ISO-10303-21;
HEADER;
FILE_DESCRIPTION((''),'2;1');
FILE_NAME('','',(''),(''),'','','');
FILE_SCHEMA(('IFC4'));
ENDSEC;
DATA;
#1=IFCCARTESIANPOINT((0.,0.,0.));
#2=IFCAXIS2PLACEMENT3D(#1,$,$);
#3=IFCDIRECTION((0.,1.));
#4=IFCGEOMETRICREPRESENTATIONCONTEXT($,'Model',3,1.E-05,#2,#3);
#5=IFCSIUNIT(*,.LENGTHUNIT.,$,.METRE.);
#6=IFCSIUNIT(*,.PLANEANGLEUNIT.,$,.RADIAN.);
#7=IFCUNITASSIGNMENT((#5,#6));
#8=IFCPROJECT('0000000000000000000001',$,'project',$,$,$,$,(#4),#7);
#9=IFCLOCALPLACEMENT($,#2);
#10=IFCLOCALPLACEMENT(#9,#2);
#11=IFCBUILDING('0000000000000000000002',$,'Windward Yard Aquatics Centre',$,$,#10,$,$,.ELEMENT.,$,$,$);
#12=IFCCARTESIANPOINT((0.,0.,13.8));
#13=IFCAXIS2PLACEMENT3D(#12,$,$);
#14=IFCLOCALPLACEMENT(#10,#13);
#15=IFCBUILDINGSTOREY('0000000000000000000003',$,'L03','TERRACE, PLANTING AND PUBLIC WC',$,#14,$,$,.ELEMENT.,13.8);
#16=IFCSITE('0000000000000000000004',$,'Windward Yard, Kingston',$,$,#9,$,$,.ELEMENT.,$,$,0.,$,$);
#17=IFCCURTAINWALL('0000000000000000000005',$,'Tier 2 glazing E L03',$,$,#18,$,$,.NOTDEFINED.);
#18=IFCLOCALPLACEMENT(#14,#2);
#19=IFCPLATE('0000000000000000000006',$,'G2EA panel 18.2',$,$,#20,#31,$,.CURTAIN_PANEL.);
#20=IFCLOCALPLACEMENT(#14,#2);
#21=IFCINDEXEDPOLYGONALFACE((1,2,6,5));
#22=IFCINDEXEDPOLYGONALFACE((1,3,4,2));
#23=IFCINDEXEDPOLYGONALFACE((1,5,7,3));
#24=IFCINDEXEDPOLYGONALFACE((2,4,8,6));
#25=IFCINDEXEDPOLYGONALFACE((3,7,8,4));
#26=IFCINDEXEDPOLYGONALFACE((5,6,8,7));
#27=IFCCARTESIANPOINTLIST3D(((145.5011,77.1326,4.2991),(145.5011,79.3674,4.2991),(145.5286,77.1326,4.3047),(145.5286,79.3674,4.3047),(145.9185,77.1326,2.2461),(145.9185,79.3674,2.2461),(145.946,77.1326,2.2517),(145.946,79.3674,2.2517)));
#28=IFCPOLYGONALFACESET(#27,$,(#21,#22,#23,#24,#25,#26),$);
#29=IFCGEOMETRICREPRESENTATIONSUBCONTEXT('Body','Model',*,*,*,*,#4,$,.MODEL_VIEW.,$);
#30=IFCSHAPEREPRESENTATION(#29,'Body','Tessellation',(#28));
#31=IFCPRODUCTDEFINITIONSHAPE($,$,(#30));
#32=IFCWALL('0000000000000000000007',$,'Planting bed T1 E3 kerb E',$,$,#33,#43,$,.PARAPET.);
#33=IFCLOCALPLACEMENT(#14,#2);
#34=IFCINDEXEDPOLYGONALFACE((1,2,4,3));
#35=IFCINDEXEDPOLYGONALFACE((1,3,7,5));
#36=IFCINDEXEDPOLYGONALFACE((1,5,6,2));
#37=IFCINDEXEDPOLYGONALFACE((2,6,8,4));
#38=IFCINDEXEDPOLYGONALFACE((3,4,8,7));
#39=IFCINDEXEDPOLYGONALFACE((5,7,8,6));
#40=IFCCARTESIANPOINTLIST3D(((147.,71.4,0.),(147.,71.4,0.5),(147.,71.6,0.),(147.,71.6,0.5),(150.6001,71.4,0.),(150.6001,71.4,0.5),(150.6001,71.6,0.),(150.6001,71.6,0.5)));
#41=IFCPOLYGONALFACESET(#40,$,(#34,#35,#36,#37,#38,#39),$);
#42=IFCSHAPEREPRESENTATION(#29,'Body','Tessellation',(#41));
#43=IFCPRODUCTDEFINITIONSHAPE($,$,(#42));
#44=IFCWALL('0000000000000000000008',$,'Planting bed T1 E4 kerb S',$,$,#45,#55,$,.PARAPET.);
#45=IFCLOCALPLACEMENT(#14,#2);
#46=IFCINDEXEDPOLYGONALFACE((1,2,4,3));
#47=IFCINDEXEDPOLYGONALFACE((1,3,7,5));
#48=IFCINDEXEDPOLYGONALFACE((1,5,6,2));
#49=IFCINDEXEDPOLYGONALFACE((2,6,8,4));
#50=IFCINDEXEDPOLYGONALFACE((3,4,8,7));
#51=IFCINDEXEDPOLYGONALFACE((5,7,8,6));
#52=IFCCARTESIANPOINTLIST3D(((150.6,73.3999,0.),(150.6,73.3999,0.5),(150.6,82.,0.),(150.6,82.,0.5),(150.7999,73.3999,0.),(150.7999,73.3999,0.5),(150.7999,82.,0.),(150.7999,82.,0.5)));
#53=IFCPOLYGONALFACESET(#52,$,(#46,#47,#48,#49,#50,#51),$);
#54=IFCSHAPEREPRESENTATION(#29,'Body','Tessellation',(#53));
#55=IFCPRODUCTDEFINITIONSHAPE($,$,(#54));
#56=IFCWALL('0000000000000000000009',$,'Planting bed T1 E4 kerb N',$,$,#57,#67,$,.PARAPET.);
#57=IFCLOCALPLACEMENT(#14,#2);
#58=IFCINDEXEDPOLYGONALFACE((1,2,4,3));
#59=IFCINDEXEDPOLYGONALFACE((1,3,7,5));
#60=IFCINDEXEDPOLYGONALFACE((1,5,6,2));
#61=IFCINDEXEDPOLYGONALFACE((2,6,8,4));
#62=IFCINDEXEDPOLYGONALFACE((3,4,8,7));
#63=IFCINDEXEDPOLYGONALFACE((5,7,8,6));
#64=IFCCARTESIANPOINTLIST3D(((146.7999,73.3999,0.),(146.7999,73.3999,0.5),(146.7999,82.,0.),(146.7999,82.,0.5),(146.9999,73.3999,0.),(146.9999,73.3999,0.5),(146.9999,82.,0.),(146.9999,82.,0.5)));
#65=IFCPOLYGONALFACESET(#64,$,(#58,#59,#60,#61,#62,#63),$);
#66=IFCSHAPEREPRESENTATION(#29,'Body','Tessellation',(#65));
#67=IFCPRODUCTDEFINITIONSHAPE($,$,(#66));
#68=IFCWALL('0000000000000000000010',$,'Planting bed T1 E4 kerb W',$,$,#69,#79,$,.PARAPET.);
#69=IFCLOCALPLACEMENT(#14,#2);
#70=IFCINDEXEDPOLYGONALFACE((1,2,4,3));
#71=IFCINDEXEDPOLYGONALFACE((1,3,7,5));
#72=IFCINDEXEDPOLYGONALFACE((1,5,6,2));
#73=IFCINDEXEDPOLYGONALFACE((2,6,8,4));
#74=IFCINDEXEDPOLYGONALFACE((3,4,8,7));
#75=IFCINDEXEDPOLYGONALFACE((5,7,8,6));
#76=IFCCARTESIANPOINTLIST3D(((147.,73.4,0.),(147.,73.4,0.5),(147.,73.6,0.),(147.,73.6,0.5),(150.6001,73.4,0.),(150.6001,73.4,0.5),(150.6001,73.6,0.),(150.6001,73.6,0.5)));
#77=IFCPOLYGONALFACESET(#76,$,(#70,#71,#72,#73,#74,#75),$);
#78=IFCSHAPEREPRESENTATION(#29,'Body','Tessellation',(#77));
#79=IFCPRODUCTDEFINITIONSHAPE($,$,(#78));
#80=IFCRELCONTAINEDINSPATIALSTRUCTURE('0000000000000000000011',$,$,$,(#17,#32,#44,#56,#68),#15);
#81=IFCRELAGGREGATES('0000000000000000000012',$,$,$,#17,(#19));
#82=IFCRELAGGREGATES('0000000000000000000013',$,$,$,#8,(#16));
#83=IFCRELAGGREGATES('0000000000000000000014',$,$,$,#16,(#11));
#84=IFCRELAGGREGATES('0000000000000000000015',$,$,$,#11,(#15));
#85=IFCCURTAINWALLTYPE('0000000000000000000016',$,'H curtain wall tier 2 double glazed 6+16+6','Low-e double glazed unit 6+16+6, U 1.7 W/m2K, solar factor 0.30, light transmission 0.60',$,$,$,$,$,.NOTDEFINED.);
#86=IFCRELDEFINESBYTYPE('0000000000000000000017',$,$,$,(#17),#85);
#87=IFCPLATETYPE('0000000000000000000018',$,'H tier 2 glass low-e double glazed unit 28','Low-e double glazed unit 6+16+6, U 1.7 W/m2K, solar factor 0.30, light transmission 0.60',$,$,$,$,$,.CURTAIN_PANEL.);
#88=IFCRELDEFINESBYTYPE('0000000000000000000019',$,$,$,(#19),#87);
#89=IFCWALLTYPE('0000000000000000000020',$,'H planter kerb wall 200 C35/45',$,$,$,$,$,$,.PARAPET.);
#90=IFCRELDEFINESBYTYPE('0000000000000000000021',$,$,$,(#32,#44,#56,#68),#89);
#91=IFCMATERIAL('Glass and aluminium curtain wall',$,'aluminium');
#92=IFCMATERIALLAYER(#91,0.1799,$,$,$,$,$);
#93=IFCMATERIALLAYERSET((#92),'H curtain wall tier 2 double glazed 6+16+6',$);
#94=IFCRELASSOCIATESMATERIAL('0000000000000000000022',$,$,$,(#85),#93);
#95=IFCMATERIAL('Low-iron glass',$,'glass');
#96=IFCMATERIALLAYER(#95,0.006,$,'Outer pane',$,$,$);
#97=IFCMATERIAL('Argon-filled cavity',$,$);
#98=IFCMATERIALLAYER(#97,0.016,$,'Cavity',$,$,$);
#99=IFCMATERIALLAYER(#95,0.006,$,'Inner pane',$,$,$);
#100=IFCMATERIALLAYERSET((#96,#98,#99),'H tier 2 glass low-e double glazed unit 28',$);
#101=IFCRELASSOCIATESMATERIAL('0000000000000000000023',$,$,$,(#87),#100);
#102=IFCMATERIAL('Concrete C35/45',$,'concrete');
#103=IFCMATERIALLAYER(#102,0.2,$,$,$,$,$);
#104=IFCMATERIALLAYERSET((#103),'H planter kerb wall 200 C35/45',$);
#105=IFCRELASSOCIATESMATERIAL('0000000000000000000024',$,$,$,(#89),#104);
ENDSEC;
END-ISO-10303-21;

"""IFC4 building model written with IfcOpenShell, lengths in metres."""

from ifc_helpers import new_model, si_unit, direction, frame, frame_2d, origin, place, context, subcontext, project, spatial, polyline, rectangle, outline, extrude, material, layer, layer_set, type_object, element, aggregate, save


model = new_model("IFC4")

# Units and contexts
model_context = context("Model", 3, precision=1e-05, world=origin(), true_north=direction((0.0, 1.0)))
body_context = subcontext(model_context, "Body", "Model", "MODEL_VIEW")
ifc_project = project(units=[si_unit("LENGTHUNIT", "METRE"), si_unit("PLANEANGLEUNIT", "RADIAN")], contexts=[model_context])

# Site, building, storey
site_placement = place(None, origin())
site = spatial("IfcSite", under=ifc_project, at=site_placement, Name="Windward Yard, Kingston", CompositionType="ELEMENT", RefElevation=0.0)
building_placement = place(site_placement, origin())
building = spatial("IfcBuilding", under=site, at=building_placement, Name="Windward Yard Aquatics Centre", CompositionType="ELEMENT")
storey_placement = place(building_placement, frame((0.0, 0.0, 13.8)))
storey = spatial("IfcBuildingStorey", under=building, at=storey_placement, Name="L03", Description="TERRACE, PLANTING AND PUBLIC WC", CompositionType="ELEMENT", Elevation=13.8)

# Curtain wall
ifc_material_1 = material(Name="Glass and aluminium curtain wall", Category="aluminium")
ifc_layer_1 = layer(ifc_material_1, 0.1799)
ifc_layer_set_1 = layer_set([ifc_layer_1], Name="H curtain wall tier 2 double glazed 6+16+6")
curtain_wall_type = type_object("IfcCurtainWallType", Name="H curtain wall tier 2 double glazed 6+16+6", Description="Low-e double glazed unit 6+16+6, U 1.7 W/m2K, solar factor 0.30, light transmission 0.60", PredefinedType="NOTDEFINED", material=ifc_layer_set_1)
curtain_wall_placement = place(storey_placement, origin())
curtain_wall = element("IfcCurtainWall", 1, at=curtain_wall_placement, inside=storey, type_object=curtain_wall_type, Name="Tier 2 glazing E L03", PredefinedType="NOTDEFINED")

# Plate
ifc_material_2 = material(Name="Low-iron glass", Category="glass")
ifc_layer_2 = layer(ifc_material_2, 0.006, Name="Outer pane")
ifc_material_3 = material(Name="Argon-filled cavity")
ifc_layer_3 = layer(ifc_material_3, 0.016, Name="Cavity")
ifc_layer_4 = layer(ifc_material_2, 0.006, Name="Inner pane")
ifc_layer_set_2 = layer_set([ifc_layer_2, ifc_layer_3, ifc_layer_4], Name="H tier 2 glass low-e double glazed unit 28")
plate_type = type_object("IfcPlateType", Name="H tier 2 glass low-e double glazed unit 28", Description="Low-e double glazed unit 6+16+6, U 1.7 W/m2K, solar factor 0.30, light transmission 0.60", PredefinedType="CURTAIN_PANEL", material=ifc_layer_set_2)
plate_1_placement = place(storey_placement, frame((145.5286, 77.1326, 4.3047), z_axis=(0.979944, 0.0, 0.199275), x_axis=(0.199275, 0.0, -0.979944)))
plate_1 = element("IfcPlate", 2, at=plate_1_placement, type_object=plate_type, Name="G2EA panel 18.2", PredefinedType="CURTAIN_PANEL", context=body_context, shape_type="SweptSolid", body=[
    extrude(outline(polyline([(0.0, 0.0), (2.095, 0.0), (2.095, 2.2349), (0.0, 2.2349), (0.0, 0.0)])), origin(), (0.0, 0.0, -1.0), 0.0281),
])
aggregate(curtain_wall, [plate_1])

# Walls
ifc_material_4 = material(Name="Concrete C35/45", Category="concrete")
ifc_layer_5 = layer(ifc_material_4, 0.2)
ifc_layer_set_3 = layer_set([ifc_layer_5], Name="H planter kerb wall 200 C35/45")
wall_type = type_object("IfcWallType", Name="H planter kerb wall 200 C35/45", PredefinedType="PARAPET", material=ifc_layer_set_3)
wall_1_placement = place(storey_placement, frame((150.6001, 71.5, 0.0), z_axis=(0.0, 0.0, 1.0), x_axis=(-1.0, 0.0, 0.0)))
element("IfcWall", 3, at=wall_1_placement, inside=storey, type_object=wall_type, Name="Planting bed T1 E3 kerb E", PredefinedType="PARAPET", context=body_context, shape_type="SweptSolid", body=[
    extrude(rectangle(XDim=3.6001, YDim=0.2, at=frame_2d((1.8, 0.0))), origin(), (0.0, 0.0, 1.0), 0.5),
])
for number, where, z_axis, x_axis, name in (
    (4, (150.7, 73.3999, 0.0), (0.0, 0.0, 1.0), (0.0, 1.0, 0.0), "Planting bed T1 E4 kerb S"),
    (5, (146.8999, 73.3999, 0.0), (0.0, 0.0, 1.0), (0.0, 1.0, 0.0), "Planting bed T1 E4 kerb N"),
):
    element("IfcWall", number, at=place(storey_placement, frame(where, z_axis=z_axis, x_axis=x_axis)), inside=storey, type_object=wall_type, Name=name, PredefinedType="PARAPET", context=body_context, shape_type="SweptSolid", body=[
        extrude(rectangle(XDim=8.6001, YDim=0.2, at=frame_2d((4.3, 0.0))), origin(), (0.0, 0.0, 1.0), 0.5),
    ])
wall_2_placement = place(storey_placement, frame((150.6001, 73.5, 0.0), z_axis=(0.0, 0.0, 1.0), x_axis=(-1.0, 0.0, 0.0)))
element("IfcWall", 6, at=wall_2_placement, inside=storey, type_object=wall_type, Name="Planting bed T1 E4 kerb W", PredefinedType="PARAPET", context=body_context, shape_type="SweptSolid", body=[
    extrude(rectangle(XDim=3.6001, YDim=0.2, at=frame_2d((1.8, 0.0))), origin(), (0.0, 0.0, 1.0), 0.5),
])

save(model, "model.ifc")
